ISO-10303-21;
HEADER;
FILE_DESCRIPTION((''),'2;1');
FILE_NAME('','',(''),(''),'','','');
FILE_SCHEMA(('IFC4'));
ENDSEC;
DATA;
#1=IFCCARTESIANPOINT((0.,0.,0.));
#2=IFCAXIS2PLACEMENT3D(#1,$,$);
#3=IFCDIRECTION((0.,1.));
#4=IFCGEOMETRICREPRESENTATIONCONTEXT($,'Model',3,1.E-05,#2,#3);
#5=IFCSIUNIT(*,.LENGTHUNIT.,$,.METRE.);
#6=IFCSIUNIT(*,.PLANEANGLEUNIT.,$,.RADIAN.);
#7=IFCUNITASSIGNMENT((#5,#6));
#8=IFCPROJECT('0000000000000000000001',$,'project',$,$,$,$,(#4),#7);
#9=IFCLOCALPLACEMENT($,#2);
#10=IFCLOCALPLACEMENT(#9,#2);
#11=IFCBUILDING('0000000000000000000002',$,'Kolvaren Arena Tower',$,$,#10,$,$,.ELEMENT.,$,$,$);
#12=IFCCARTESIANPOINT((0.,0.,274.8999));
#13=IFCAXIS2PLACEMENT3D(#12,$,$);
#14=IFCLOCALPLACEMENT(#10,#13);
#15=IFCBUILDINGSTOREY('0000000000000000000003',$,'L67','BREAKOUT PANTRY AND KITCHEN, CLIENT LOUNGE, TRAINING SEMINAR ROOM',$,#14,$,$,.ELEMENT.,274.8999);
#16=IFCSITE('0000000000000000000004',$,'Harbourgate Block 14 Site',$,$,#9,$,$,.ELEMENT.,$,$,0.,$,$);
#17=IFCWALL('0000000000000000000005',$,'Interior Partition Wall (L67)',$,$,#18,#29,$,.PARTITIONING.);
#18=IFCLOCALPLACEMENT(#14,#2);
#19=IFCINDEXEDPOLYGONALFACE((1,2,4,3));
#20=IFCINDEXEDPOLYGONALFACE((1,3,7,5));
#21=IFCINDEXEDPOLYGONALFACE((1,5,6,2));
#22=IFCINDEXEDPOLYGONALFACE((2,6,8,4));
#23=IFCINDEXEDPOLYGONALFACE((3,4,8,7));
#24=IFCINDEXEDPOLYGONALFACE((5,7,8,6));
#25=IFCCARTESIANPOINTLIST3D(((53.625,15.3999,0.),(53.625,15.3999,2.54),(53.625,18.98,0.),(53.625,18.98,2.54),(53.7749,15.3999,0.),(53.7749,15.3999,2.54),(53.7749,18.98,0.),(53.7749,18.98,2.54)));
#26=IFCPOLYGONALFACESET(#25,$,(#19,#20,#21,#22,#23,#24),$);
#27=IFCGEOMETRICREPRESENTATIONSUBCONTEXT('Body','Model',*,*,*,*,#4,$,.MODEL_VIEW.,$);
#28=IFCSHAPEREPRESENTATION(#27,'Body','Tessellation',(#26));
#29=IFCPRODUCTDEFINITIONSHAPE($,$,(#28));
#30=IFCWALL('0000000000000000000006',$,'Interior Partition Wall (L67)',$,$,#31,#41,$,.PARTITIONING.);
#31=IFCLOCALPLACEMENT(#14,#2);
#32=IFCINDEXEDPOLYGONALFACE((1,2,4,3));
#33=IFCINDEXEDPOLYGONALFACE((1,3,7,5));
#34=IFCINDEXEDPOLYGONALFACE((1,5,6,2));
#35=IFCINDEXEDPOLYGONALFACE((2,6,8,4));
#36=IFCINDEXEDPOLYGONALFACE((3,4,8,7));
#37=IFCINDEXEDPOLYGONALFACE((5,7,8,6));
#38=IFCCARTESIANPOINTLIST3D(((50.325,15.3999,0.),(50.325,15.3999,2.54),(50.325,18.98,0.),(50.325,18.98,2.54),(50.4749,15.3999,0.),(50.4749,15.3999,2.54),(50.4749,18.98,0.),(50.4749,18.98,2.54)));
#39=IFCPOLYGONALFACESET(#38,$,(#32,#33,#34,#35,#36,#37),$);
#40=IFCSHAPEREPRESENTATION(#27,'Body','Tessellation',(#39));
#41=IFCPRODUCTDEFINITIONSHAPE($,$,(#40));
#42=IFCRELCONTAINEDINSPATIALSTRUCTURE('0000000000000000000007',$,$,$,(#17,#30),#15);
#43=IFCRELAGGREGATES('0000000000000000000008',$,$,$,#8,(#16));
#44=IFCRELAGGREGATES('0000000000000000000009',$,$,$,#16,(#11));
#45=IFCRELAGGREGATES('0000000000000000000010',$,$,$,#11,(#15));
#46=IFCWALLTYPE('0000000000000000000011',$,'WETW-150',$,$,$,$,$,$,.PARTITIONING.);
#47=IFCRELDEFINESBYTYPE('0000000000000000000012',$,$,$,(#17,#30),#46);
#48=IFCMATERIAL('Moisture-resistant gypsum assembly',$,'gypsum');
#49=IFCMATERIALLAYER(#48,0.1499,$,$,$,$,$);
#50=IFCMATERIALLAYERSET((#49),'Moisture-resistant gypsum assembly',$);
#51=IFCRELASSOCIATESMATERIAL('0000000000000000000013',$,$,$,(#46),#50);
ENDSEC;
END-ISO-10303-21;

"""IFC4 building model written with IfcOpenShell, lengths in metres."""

from ifc_helpers import new_model, si_unit, direction, frame, frame_2d, origin, place, context, subcontext, project, spatial, rectangle, extrude, material, layer, layer_set, type_object, element, save


model = new_model("IFC4")

# Units and contexts
model_context = context("Model", 3, precision=1e-05, world=origin(), true_north=direction((0.0, 1.0)))
body_context = subcontext(model_context, "Body", "Model", "MODEL_VIEW")
ifc_project = project(units=[si_unit("LENGTHUNIT", "METRE"), si_unit("PLANEANGLEUNIT", "RADIAN")], contexts=[model_context])

# Site, building, storey
site_placement = place(None, origin())
site = spatial("IfcSite", under=ifc_project, at=site_placement, Name="Harbourgate Block 14 Site", CompositionType="ELEMENT", RefElevation=0.0)
building_placement = place(site_placement, origin())
building = spatial("IfcBuilding", under=site, at=building_placement, Name="Kolvaren Arena Tower", CompositionType="ELEMENT")
storey_placement = place(building_placement, frame((0.0, 0.0, 274.8999)))
storey = spatial("IfcBuildingStorey", under=building, at=storey_placement, Name="L67", Description="BREAKOUT PANTRY AND KITCHEN, CLIENT LOUNGE, TRAINING SEMINAR ROOM", CompositionType="ELEMENT", Elevation=274.8999)

# Walls
ifc_material_1 = material(Name="Moisture-resistant gypsum assembly", Category="gypsum")
ifc_layer_1 = layer(ifc_material_1, 0.1499)
ifc_layer_set_1 = layer_set([ifc_layer_1], Name="Moisture-resistant gypsum assembly")
wall_type_1 = type_object("IfcWallType", Name="WETW-150", PredefinedType="PARTITIONING", material=ifc_layer_set_1)
for number, where, z_axis, x_axis, name in (
    (1, (53.7, 15.3999, 0.0), (0.0, 0.0, 1.0), (0.0, 1.0, 0.0), "Interior Partition Wall (L67)"),
    (2, (50.3999, 15.3999, 0.0), (0.0, 0.0, 1.0), (0.0, 1.0, 0.0), "Interior Partition Wall (L67)"),
):
    element("IfcWall", number, at=place(storey_placement, frame(where, z_axis=z_axis, x_axis=x_axis)), inside=storey, type_object=wall_type_1, Name=name, PredefinedType="PARTITIONING", context=body_context, shape_type="SweptSolid", body=[
        extrude(rectangle(XDim=3.5801, YDim=0.1499, at=frame_2d((1.79, 0.0))), origin(), (0.0, 0.0, 1.0), 2.54),
    ])

save(model, "model.ifc")
